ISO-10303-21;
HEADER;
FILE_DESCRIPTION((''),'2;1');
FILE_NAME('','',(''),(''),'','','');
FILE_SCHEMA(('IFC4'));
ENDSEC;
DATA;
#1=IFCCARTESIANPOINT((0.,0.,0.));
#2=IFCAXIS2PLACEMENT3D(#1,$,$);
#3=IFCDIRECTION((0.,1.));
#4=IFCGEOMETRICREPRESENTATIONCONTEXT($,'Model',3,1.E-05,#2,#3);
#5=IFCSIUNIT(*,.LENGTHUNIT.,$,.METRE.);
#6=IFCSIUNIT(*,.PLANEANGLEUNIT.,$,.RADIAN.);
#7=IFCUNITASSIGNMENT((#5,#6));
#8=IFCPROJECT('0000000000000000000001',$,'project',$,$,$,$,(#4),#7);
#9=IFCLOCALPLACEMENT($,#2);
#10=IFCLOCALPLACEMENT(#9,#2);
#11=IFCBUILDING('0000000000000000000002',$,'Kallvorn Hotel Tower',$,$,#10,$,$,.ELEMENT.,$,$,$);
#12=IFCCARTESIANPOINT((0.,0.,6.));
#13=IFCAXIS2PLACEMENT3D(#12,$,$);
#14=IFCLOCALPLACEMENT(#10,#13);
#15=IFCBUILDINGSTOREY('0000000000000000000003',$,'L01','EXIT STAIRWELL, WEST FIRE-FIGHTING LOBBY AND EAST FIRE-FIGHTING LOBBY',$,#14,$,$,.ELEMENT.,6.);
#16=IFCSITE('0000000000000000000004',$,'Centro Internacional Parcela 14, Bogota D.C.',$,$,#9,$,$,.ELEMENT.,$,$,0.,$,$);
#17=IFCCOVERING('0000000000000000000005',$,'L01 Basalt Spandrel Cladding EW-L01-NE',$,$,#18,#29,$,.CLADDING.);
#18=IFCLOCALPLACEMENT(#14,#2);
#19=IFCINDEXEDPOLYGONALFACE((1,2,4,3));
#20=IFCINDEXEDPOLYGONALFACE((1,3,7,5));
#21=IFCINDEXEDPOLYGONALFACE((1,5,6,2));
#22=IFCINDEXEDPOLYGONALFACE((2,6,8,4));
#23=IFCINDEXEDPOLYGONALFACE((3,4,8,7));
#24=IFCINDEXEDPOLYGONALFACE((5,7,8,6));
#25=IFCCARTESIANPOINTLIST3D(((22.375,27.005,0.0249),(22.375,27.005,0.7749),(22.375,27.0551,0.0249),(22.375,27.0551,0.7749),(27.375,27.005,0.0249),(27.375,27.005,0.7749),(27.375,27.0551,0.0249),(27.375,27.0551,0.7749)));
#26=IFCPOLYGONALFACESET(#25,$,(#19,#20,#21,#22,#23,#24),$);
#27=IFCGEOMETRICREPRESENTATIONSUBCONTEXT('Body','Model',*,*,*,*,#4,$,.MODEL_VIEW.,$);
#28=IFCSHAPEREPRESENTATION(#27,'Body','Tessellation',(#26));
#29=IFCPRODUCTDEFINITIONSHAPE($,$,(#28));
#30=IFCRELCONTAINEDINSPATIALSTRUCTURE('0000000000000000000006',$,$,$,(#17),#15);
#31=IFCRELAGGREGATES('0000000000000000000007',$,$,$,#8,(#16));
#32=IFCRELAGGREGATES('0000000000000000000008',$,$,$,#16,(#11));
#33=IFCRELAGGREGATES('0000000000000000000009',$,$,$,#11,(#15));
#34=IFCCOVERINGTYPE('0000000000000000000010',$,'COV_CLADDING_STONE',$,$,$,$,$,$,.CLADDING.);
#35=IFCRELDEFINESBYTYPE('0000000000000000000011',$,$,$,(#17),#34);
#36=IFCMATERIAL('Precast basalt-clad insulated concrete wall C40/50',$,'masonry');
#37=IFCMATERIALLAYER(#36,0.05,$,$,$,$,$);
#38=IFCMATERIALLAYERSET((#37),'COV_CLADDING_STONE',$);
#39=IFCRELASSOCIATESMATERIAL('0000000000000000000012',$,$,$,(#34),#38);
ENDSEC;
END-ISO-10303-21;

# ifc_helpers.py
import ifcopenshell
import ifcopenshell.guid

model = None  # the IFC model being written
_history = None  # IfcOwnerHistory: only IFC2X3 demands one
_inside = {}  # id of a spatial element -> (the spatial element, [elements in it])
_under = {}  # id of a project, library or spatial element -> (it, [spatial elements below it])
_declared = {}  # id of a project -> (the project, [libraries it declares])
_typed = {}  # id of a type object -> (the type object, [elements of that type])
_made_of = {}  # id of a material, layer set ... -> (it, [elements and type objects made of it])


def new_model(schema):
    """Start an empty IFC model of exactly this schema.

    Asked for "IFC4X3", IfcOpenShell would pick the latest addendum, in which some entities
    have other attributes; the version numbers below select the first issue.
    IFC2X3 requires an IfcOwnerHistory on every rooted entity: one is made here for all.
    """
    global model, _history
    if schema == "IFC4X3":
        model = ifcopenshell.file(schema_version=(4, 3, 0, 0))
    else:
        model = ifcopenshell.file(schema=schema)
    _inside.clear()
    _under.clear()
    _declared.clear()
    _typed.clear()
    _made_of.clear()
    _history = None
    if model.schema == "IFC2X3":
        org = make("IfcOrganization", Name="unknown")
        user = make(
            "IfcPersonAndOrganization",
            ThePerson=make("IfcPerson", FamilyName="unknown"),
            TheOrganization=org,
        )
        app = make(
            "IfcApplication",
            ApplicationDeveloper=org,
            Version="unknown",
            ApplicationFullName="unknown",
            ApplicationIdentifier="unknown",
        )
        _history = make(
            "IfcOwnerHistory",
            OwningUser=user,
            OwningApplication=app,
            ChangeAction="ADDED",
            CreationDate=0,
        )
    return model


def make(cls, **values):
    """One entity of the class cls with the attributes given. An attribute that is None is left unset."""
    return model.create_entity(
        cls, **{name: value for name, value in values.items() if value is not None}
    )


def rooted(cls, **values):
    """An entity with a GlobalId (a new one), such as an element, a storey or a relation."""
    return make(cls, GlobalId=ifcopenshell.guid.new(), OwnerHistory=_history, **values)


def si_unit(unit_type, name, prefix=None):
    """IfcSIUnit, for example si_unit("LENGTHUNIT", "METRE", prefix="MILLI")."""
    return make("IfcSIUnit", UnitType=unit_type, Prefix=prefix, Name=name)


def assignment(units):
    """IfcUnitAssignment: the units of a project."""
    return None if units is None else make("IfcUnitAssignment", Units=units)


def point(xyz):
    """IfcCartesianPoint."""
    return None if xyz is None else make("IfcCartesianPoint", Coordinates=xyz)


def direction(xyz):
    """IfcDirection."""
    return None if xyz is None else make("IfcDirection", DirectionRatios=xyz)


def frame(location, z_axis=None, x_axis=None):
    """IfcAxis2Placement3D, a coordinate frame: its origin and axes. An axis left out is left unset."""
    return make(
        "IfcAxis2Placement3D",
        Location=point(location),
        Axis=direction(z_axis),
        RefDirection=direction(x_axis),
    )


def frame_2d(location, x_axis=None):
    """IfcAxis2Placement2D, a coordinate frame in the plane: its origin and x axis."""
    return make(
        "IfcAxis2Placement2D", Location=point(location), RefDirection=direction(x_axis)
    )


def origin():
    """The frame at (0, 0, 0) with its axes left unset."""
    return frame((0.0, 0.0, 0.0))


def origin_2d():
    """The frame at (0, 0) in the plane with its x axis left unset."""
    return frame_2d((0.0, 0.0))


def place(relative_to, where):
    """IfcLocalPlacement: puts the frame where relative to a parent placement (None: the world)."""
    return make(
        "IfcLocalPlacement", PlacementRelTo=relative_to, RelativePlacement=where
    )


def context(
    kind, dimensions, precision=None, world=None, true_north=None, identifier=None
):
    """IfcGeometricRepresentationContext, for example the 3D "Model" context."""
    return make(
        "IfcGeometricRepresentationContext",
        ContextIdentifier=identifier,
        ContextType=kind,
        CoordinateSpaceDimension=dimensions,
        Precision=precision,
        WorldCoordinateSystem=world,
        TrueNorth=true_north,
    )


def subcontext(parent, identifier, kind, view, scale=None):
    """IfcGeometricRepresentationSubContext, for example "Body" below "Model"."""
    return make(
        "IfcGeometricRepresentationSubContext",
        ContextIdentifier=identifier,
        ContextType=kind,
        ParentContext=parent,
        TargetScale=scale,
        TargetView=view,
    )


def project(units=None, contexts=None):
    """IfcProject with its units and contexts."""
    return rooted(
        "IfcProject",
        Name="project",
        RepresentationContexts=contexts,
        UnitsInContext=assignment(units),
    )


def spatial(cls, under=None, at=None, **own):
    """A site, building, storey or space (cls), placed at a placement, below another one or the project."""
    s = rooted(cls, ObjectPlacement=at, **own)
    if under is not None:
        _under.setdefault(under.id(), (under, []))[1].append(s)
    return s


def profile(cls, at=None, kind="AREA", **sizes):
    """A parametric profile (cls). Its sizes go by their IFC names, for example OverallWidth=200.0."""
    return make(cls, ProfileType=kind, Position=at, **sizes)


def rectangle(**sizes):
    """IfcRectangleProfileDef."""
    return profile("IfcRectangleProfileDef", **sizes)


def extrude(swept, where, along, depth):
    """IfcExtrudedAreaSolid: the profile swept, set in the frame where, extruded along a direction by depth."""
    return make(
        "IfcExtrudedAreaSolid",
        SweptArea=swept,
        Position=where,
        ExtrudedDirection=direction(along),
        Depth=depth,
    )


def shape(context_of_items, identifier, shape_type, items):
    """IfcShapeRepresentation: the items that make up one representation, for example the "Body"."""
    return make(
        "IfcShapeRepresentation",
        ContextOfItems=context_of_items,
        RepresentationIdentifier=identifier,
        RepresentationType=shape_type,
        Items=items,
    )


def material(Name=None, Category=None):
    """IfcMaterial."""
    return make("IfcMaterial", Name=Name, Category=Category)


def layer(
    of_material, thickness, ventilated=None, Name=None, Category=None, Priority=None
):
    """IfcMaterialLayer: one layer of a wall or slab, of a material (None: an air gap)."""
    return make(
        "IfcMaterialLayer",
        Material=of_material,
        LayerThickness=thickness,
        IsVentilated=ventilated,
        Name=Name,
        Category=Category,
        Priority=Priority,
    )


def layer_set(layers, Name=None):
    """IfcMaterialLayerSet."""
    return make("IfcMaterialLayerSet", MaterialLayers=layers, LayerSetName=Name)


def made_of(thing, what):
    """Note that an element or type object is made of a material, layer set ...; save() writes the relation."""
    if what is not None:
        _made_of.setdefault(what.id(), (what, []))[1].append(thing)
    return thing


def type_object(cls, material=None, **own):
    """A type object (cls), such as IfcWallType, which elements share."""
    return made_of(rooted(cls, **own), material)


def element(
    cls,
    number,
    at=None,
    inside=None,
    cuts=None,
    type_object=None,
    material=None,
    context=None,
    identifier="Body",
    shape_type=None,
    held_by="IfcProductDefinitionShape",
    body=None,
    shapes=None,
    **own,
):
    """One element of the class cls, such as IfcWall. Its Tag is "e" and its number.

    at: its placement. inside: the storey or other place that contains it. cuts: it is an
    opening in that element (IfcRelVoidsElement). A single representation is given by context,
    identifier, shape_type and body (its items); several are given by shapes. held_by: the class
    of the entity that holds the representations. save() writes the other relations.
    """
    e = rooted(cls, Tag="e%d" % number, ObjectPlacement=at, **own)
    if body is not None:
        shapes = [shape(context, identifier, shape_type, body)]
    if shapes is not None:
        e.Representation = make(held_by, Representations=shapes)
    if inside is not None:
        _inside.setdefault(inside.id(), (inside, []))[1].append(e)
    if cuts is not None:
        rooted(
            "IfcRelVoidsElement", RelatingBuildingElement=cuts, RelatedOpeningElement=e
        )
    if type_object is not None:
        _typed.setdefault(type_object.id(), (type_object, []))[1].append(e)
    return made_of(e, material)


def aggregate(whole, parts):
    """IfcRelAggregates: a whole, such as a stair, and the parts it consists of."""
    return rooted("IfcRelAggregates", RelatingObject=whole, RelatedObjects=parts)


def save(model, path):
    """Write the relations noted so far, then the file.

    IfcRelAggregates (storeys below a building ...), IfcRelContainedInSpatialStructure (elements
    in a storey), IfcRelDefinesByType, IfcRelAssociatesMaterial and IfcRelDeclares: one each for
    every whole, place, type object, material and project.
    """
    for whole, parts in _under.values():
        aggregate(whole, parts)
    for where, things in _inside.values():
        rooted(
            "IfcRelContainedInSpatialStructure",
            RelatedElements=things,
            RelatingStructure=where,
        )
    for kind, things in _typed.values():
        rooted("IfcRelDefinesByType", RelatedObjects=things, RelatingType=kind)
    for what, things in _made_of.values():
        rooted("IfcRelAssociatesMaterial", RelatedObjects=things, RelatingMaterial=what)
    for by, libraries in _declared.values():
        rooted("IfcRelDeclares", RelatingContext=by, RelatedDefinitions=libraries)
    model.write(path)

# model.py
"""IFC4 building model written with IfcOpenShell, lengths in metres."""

from ifc_helpers import new_model, si_unit, direction, frame, origin, origin_2d, place, context, subcontext, project, spatial, rectangle, extrude, material, layer, layer_set, type_object, element, save


model = new_model("IFC4")

# Units and contexts
model_context = context("Model", 3, precision=1e-05, world=origin(), true_north=direction((0.0, 1.0)))
body_context = subcontext(model_context, "Body", "Model", "MODEL_VIEW")
ifc_project = project(units=[si_unit("LENGTHUNIT", "METRE"), si_unit("PLANEANGLEUNIT", "RADIAN")], contexts=[model_context])

# Site, building, storey
site_placement = place(None, origin())
site = spatial("IfcSite", under=ifc_project, at=site_placement, Name="Centro Internacional Parcela 14, Bogota D.C.", CompositionType="ELEMENT", RefElevation=0.0)
building_placement = place(site_placement, origin())
building = spatial("IfcBuilding", under=site, at=building_placement, Name="Kallvorn Hotel Tower", CompositionType="ELEMENT")
storey_placement = place(building_placement, frame((0.0, 0.0, 6.0)))
storey = spatial("IfcBuildingStorey", under=building, at=storey_placement, Name="L01", Description="EXIT STAIRWELL, WEST FIRE-FIGHTING LOBBY AND EAST FIRE-FIGHTING LOBBY", CompositionType="ELEMENT", Elevation=6.0)

# Covering
ifc_material_1 = material(Name="Precast basalt-clad insulated concrete wall C40/50", Category="masonry")
ifc_layer_1 = layer(ifc_material_1, 0.05)
ifc_layer_set_1 = layer_set([ifc_layer_1], Name="COV_CLADDING_STONE")
covering_type = type_object("IfcCoveringType", Name="COV_CLADDING_STONE", PredefinedType="CLADDING", material=ifc_layer_set_1)
covering_placement = place(storey_placement, frame((24.875, 27.03, 0.0249), z_axis=(0.0, 0.0, 1.0), x_axis=(1.0, 0.0, 0.0)))
element("IfcCovering", 1, at=covering_placement, inside=storey, type_object=covering_type, Name="L01 Basalt Spandrel Cladding EW-L01-NE", PredefinedType="CLADDING", context=body_context, shape_type="SweptSolid", body=[
    extrude(rectangle(XDim=5.0, YDim=0.05, at=origin_2d()), origin(), (0.0, 0.0, 1.0), 0.75),
])

save(model, "model.ifc")
